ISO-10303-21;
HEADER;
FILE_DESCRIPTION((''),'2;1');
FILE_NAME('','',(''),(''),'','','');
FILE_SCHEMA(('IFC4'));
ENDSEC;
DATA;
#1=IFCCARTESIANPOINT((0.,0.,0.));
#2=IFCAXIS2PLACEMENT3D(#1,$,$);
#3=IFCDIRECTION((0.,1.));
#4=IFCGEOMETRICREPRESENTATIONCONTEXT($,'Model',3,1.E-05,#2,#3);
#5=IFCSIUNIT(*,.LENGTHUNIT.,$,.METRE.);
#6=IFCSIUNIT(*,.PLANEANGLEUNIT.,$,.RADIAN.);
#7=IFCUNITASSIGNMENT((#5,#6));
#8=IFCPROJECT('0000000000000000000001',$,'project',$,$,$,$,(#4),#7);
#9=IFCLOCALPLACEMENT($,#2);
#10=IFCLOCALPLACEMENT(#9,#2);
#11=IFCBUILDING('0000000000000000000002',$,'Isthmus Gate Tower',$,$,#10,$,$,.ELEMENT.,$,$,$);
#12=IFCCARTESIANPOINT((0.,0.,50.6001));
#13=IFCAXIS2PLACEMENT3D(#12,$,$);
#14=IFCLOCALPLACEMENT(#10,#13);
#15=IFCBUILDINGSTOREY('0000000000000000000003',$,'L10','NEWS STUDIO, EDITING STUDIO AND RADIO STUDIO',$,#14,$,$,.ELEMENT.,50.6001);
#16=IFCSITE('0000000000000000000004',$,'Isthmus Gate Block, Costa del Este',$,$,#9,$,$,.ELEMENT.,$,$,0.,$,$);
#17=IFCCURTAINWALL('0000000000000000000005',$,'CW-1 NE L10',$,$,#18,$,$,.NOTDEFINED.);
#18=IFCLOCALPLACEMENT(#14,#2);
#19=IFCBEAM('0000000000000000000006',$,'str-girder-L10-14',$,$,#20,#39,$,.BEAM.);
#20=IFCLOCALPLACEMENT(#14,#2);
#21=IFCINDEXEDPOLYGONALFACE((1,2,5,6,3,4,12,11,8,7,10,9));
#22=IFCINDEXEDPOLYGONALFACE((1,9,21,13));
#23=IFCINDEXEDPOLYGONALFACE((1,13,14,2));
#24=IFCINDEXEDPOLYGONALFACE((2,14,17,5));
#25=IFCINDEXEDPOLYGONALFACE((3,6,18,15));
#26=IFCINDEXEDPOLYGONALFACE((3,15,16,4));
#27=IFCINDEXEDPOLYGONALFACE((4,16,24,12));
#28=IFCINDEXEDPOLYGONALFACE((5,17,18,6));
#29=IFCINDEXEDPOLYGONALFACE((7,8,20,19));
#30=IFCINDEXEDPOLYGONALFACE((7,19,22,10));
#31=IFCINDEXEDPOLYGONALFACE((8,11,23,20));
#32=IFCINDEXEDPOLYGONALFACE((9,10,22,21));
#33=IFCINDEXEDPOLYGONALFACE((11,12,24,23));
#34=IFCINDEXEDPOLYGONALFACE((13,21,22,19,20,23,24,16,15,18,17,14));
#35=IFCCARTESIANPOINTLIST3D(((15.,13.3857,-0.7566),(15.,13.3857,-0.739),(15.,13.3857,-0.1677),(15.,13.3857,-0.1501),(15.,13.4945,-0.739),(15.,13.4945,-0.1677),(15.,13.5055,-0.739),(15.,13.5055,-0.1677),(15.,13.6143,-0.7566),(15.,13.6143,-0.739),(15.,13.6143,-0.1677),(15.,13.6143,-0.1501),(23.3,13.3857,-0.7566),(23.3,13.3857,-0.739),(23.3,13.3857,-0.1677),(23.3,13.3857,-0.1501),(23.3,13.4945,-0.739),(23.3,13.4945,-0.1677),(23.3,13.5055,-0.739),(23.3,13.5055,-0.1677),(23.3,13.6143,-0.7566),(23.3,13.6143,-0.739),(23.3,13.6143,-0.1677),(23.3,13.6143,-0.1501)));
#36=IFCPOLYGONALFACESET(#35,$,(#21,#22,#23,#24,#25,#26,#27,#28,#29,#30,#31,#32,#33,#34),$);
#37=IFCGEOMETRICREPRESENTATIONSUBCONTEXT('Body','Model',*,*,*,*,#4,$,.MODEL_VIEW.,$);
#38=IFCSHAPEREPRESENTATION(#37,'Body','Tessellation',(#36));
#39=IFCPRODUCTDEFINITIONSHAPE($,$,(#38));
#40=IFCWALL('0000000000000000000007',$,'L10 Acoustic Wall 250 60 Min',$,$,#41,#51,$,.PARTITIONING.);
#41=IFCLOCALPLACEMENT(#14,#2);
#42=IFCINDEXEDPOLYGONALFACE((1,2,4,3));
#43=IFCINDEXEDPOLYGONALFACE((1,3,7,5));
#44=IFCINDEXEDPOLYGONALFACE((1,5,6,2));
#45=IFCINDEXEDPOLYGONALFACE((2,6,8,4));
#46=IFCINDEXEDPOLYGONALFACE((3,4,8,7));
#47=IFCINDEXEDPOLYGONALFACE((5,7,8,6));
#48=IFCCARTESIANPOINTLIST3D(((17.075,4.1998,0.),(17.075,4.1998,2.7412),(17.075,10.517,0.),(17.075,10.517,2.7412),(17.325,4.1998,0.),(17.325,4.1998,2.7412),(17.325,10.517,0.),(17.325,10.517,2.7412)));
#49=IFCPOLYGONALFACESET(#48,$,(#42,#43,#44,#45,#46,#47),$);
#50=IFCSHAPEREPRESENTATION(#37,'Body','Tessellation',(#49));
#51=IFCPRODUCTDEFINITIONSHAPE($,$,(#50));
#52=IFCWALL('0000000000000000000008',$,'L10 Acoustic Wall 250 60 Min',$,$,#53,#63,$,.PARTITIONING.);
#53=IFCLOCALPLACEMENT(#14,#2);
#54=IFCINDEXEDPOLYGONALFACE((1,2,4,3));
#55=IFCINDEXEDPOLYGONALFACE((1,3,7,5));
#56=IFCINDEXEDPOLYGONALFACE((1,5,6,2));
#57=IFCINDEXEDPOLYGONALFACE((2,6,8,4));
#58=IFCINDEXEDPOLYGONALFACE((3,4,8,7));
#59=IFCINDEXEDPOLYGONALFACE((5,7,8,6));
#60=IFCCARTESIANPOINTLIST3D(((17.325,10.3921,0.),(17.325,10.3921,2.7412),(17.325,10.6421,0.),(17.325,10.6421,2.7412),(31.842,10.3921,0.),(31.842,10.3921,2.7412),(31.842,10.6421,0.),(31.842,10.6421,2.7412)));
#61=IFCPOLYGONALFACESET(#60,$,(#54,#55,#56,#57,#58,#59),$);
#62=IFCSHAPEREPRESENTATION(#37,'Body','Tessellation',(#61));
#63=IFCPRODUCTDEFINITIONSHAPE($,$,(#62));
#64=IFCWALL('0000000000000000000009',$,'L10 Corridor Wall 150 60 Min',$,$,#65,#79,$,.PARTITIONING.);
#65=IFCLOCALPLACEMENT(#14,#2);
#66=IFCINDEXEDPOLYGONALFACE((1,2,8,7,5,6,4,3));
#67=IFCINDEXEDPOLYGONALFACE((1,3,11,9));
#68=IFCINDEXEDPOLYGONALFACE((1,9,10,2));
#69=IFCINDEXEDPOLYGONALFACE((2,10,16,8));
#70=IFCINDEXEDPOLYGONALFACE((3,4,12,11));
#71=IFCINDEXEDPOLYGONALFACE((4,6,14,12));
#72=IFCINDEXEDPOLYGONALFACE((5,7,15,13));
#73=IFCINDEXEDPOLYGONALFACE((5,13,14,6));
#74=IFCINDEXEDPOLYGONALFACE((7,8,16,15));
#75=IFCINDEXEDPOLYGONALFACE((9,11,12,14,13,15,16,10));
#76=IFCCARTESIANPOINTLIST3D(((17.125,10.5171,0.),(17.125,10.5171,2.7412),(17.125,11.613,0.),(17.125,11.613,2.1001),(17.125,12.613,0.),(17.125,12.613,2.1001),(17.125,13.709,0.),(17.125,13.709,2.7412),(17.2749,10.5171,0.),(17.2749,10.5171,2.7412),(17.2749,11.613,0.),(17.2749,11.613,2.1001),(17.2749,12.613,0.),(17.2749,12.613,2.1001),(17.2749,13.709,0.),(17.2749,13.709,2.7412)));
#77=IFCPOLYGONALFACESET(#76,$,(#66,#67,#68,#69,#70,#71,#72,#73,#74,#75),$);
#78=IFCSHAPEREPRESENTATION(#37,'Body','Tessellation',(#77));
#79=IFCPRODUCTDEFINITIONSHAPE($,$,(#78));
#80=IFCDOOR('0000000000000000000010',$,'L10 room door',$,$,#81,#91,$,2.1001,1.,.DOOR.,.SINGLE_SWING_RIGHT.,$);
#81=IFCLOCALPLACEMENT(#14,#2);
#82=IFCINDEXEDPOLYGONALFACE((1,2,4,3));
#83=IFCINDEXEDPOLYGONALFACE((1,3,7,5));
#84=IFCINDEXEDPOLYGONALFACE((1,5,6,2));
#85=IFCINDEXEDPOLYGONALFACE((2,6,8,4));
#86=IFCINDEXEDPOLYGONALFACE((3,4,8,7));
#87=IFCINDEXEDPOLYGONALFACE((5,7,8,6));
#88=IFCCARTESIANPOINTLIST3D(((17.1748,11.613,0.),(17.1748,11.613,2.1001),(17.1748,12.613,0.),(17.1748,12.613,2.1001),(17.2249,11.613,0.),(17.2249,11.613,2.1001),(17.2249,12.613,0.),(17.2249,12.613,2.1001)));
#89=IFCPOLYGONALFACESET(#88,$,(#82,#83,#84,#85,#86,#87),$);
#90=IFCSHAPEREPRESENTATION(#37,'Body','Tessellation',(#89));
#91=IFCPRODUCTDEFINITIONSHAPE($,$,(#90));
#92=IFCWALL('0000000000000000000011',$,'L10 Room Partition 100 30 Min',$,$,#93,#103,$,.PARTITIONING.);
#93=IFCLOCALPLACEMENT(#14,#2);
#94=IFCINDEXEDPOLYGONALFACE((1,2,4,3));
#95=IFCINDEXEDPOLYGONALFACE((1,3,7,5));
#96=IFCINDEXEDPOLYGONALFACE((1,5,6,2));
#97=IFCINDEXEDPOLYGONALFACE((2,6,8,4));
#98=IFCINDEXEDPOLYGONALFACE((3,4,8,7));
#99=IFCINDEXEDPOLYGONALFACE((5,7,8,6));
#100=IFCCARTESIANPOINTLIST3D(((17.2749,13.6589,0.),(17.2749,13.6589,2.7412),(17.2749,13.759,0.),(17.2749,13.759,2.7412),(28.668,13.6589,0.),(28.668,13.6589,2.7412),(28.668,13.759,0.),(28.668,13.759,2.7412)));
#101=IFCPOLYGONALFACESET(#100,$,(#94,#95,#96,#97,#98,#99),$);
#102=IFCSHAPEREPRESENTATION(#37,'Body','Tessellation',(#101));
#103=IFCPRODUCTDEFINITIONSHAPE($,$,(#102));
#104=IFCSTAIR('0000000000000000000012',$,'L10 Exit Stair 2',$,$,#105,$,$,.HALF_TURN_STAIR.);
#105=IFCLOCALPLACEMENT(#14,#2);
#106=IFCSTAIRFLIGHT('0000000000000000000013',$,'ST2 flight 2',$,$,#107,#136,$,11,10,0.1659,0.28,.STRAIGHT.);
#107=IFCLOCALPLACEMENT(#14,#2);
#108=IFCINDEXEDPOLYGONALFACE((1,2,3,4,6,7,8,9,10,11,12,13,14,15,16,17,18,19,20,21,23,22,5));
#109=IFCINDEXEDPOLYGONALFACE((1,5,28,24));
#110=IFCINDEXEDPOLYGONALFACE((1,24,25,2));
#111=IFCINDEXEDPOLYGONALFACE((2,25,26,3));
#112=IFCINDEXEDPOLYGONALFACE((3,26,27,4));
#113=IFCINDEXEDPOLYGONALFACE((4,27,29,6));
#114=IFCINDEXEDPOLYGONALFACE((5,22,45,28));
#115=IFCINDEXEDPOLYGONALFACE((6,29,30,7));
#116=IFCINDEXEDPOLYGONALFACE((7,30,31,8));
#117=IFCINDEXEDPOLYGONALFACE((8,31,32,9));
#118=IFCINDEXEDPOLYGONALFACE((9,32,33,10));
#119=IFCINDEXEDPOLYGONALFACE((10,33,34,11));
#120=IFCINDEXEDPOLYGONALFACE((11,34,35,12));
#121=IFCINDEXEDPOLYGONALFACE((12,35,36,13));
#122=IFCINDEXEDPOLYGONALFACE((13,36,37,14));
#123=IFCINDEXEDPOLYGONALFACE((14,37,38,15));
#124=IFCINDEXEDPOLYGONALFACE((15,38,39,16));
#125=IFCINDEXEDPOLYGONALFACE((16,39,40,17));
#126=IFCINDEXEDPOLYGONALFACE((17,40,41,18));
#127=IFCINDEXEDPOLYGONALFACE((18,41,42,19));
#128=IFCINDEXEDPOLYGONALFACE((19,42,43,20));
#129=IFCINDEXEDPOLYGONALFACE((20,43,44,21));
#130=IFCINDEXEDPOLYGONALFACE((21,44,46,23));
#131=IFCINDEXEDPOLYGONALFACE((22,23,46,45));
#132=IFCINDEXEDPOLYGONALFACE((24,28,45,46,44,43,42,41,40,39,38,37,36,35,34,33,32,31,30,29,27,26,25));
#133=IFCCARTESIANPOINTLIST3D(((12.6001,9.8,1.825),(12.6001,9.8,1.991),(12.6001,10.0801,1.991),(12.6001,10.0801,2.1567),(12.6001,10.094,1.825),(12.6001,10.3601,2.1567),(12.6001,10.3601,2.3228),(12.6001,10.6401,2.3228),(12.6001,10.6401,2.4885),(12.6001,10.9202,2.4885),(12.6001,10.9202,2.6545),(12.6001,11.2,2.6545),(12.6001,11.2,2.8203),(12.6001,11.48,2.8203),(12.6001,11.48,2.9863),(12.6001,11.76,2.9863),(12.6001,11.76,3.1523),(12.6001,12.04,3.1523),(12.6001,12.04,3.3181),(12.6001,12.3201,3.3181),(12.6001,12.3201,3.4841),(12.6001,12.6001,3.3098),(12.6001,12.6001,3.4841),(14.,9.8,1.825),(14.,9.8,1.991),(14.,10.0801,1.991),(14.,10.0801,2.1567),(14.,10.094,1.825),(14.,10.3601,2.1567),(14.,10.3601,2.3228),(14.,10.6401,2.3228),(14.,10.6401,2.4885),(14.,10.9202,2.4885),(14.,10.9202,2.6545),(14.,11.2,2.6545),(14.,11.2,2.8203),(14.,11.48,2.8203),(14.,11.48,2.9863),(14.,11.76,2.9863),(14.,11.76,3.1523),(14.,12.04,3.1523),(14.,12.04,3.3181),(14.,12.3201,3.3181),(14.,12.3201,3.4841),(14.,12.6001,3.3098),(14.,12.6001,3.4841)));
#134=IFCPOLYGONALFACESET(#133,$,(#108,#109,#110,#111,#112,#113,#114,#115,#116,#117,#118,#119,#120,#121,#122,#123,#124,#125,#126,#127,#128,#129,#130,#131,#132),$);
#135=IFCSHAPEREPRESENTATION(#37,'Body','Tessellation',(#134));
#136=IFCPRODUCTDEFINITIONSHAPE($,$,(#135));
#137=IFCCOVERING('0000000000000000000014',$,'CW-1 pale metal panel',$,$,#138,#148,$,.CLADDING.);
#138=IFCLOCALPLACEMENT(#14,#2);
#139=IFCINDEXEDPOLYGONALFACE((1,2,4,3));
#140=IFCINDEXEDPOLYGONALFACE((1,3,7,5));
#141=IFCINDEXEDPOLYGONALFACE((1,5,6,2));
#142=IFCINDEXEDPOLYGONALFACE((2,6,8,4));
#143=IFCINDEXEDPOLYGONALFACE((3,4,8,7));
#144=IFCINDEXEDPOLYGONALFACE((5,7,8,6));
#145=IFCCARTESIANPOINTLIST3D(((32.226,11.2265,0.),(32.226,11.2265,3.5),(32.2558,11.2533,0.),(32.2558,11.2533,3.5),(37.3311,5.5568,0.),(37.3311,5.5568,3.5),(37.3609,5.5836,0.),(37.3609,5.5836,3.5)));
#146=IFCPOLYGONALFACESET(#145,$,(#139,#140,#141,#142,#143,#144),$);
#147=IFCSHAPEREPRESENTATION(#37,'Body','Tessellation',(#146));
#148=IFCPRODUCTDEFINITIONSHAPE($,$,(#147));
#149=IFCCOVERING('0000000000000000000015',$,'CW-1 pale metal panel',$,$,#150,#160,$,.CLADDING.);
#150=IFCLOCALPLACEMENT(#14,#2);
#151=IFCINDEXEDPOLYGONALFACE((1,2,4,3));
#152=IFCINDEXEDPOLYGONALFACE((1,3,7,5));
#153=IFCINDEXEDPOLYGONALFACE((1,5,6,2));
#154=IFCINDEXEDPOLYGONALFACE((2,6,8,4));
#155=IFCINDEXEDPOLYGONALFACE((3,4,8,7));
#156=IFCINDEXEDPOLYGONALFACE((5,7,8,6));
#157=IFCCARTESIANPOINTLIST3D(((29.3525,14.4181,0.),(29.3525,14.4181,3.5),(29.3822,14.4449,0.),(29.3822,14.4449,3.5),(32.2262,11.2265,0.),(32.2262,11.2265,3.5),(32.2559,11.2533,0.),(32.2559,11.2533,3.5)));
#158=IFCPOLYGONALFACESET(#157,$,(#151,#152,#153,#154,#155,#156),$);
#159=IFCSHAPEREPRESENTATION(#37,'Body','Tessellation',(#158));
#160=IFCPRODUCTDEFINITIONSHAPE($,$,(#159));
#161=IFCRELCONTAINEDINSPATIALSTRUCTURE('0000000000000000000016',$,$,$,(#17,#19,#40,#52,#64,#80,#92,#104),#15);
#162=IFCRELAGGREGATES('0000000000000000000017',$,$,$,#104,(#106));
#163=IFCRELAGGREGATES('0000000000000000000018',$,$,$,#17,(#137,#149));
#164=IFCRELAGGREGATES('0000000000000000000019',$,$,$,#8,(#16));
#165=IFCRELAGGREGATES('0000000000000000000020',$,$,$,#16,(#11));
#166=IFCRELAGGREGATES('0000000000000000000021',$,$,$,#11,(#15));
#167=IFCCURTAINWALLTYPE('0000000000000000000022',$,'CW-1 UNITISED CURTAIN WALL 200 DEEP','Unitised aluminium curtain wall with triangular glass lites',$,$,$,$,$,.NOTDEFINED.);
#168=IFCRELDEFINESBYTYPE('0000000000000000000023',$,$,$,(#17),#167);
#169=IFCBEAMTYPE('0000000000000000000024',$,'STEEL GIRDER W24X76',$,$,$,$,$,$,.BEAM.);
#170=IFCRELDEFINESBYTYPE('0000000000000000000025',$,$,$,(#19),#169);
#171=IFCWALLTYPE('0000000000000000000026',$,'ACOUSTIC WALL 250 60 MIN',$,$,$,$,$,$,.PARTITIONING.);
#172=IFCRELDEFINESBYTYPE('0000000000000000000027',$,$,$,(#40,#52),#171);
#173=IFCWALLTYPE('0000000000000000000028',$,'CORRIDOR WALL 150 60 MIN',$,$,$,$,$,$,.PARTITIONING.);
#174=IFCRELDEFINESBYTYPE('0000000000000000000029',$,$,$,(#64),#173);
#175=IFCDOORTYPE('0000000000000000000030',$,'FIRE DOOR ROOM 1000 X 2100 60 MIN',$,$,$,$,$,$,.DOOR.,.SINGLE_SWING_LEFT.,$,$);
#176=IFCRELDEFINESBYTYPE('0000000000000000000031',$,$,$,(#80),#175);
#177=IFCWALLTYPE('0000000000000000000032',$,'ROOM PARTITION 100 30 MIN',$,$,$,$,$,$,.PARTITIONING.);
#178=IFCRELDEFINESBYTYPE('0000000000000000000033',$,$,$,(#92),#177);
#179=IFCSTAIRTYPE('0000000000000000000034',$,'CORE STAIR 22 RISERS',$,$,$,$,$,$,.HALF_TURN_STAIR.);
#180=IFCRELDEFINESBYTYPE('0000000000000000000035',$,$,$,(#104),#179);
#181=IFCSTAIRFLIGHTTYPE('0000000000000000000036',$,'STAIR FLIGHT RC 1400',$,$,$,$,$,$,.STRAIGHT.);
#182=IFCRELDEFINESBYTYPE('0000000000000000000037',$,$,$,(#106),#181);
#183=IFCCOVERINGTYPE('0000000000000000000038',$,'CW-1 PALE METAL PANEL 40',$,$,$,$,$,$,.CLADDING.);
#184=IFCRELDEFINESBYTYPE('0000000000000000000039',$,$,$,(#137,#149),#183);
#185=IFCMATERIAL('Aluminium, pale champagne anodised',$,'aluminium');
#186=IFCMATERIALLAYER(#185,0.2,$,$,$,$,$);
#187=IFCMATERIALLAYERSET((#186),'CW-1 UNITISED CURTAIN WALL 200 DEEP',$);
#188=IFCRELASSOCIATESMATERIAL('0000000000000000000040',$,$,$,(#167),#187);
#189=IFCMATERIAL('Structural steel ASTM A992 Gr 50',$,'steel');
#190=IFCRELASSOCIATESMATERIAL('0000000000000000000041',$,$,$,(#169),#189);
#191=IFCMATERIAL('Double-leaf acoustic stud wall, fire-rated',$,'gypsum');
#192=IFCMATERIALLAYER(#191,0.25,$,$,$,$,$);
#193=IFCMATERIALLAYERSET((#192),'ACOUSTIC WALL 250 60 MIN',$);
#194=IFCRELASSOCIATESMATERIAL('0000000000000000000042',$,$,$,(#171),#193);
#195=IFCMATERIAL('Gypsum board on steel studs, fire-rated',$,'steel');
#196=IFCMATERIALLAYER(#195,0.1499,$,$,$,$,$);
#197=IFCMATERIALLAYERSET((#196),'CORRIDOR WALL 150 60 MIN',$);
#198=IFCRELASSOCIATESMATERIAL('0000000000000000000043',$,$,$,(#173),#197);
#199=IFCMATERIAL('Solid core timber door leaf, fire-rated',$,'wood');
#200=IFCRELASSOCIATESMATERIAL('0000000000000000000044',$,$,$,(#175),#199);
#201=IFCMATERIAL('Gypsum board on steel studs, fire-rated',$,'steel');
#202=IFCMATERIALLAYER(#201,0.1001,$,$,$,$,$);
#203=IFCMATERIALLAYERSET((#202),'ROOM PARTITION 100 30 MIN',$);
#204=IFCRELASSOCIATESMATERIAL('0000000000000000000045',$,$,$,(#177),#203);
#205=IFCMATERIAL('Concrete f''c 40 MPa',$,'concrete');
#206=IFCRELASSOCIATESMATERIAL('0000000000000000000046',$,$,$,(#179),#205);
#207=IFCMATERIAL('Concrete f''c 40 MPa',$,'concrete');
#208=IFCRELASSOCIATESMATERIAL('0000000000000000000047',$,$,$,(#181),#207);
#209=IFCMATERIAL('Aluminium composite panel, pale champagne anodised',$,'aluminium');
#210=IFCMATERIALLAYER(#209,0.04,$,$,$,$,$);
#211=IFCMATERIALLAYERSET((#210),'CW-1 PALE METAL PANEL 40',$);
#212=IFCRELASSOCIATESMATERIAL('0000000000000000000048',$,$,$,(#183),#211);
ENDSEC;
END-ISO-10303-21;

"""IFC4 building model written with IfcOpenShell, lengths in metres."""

from ifc_helpers import new_model, si_unit, direction, frame, frame_2d, origin, origin_2d, place, context, subcontext, project, spatial, polyline, rectangle, i_section, outline, extrude, material, layer, layer_set, material_profile, profile_set, type_object, element, fill, aggregate, save


model = new_model("IFC4")

# Units and contexts
model_context = context("Model", 3, precision=1e-05, world=origin(), true_north=direction((0.0, 1.0)))
body_context = subcontext(model_context, "Body", "Model", "MODEL_VIEW")
ifc_project = project(units=[si_unit("LENGTHUNIT", "METRE"), si_unit("PLANEANGLEUNIT", "RADIAN")], contexts=[model_context])

# Site, building, storey
site_placement = place(None, origin())
site = spatial("IfcSite", under=ifc_project, at=site_placement, Name="Isthmus Gate Block, Costa del Este", CompositionType="ELEMENT", RefElevation=0.0)
building_placement = place(site_placement, origin())
building = spatial("IfcBuilding", under=site, at=building_placement, Name="Isthmus Gate Tower", CompositionType="ELEMENT")
storey_placement = place(building_placement, frame((0.0, 0.0, 50.6001)))
storey = spatial("IfcBuildingStorey", under=building, at=storey_placement, Name="L10", Description="NEWS STUDIO, EDITING STUDIO AND RADIO STUDIO", CompositionType="ELEMENT", Elevation=50.6001)

# Curtain wall
ifc_material_1 = material(Name="Aluminium, pale champagne anodised", Category="aluminium")
ifc_layer_1 = layer(ifc_material_1, 0.2)
ifc_layer_set_1 = layer_set([ifc_layer_1], Name="CW-1 UNITISED CURTAIN WALL 200 DEEP")
curtain_wall_type = type_object("IfcCurtainWallType", Name="CW-1 UNITISED CURTAIN WALL 200 DEEP", Description="Unitised aluminium curtain wall with triangular glass lites", PredefinedType="NOTDEFINED", material=ifc_layer_set_1)
curtain_wall_placement = place(storey_placement, origin())
curtain_wall = element("IfcCurtainWall", 1, at=curtain_wall_placement, inside=storey, type_object=curtain_wall_type, Name="CW-1 NE L10", PredefinedType="NOTDEFINED")

# Beam
ifc_material_2 = material(Name="Structural steel ASTM A992 Gr 50", Category="steel")
ifc_material_profile_1 = material_profile(ifc_material_2, i_section(OverallWidth=0.2285, OverallDepth=0.6064, WebThickness=0.011, FlangeThickness=0.0176, at=origin_2d()), Name="W24X76")
ifc_profile_set_1 = profile_set([ifc_material_profile_1], Name="Structural steel ASTM A992 Gr 50")
beam_type_1 = type_object("IfcBeamType", Name="STEEL GIRDER W24X76", PredefinedType="BEAM", material=ifc_profile_set_1)
beam_1_placement = place(storey_placement, frame((15.0, 13.5, -0.4534), z_axis=(1.0, 0.0, 0.0), x_axis=(0.0, 1.0, 0.0)))
element("IfcBeam", 2, at=beam_1_placement, inside=storey, type_object=beam_type_1, Name="str-girder-L10-14", PredefinedType="BEAM", context=body_context, shape_type="SweptSolid", body=[
    extrude(i_section(OverallWidth=0.2285, OverallDepth=0.6064, WebThickness=0.011, FlangeThickness=0.0176, at=origin_2d()), origin(), (0.0, 0.0, 1.0), 8.3),
])

# Walls
ifc_material_3 = material(Name="Double-leaf acoustic stud wall, fire-rated", Category="gypsum")
ifc_layer_2 = layer(ifc_material_3, 0.25)
ifc_layer_set_2 = layer_set([ifc_layer_2], Name="ACOUSTIC WALL 250 60 MIN")
wall_type_1 = type_object("IfcWallType", Name="ACOUSTIC WALL 250 60 MIN", PredefinedType="PARTITIONING", material=ifc_layer_set_2)
wall_1_placement = place(storey_placement, frame((17.2, 10.5171, 0.0), z_axis=(0.0, 0.0, 1.0), x_axis=(0.0, -1.0, 0.0)))
element("IfcWall", 3, at=wall_1_placement, inside=storey, type_object=wall_type_1, Name="L10 Acoustic Wall 250 60 Min", PredefinedType="PARTITIONING", context=body_context, shape_type="SweptSolid", body=[
    extrude(rectangle(XDim=6.3171, YDim=0.25, at=frame_2d((3.1587, 0.0))), origin(), (0.0, 0.0, 1.0), 2.7412),
])
wall_2_placement = place(storey_placement, frame((17.325, 10.5171, 0.0), z_axis=(0.0, 0.0, 1.0), x_axis=(1.0, 0.0, 0.0)))
element("IfcWall", 4, at=wall_2_placement, inside=storey, type_object=wall_type_1, Name="L10 Acoustic Wall 250 60 Min", PredefinedType="PARTITIONING", context=body_context, shape_type="SweptSolid", body=[
    extrude(rectangle(XDim=14.5171, YDim=0.25, at=frame_2d((7.2585, 0.0))), origin(), (0.0, 0.0, 1.0), 2.7412),
])

# Wall, opening, door
ifc_material_4 = material(Name="Gypsum board on steel studs, fire-rated", Category="steel")
ifc_layer_3 = layer(ifc_material_4, 0.1499)
ifc_layer_set_3 = layer_set([ifc_layer_3], Name="CORRIDOR WALL 150 60 MIN")
wall_type_2 = type_object("IfcWallType", Name="CORRIDOR WALL 150 60 MIN", PredefinedType="PARTITIONING", material=ifc_layer_set_3)
wall_3_placement = place(storey_placement, frame((17.2, 13.709, 0.0), z_axis=(0.0, 0.0, 1.0), x_axis=(0.0, -1.0, 0.0)))
wall_3 = element("IfcWall", 5, at=wall_3_placement, inside=storey, type_object=wall_type_2, Name="L10 Corridor Wall 150 60 Min", PredefinedType="PARTITIONING", context=body_context, shape_type="SweptSolid", body=[
    extrude(rectangle(XDim=3.1919, YDim=0.1499, at=frame_2d((1.5959, 0.0))), origin(), (0.0, 0.0, 1.0), 2.7412),
])
opening_placement = place(wall_3_placement, frame((1.0959, 0.0, 0.0)))
opening = element("IfcOpeningElement", 6, at=opening_placement, cuts=wall_3, PredefinedType="OPENING", context=body_context, shape_type="SweptSolid", body=[
    extrude(rectangle(XDim=1.0, YDim=2.1001, at=frame_2d((0.5, 1.05))), frame((0.0, 0.085, 0.0), z_axis=(0.0, -1.0, 0.0), x_axis=(1.0, 0.0, 0.0)), (0.0, 0.0, 1.0), 0.1699),
])
ifc_material_5 = material(Name="Solid core timber door leaf, fire-rated", Category="wood")
door_type = type_object("IfcDoorType", Name="FIRE DOOR ROOM 1000 X 2100 60 MIN", OperationType="SINGLE_SWING_LEFT", PredefinedType="DOOR", material=ifc_material_5)
door_placement = place(opening_placement, origin())
door = element("IfcDoor", 7, at=door_placement, inside=storey, type_object=door_type, Name="L10 room door", OperationType="SINGLE_SWING_RIGHT", OverallHeight=2.1001, OverallWidth=1.0, PredefinedType="DOOR", context=body_context, shape_type="SweptSolid", body=[
    extrude(rectangle(XDim=1.0, YDim=2.1001, at=frame_2d((0.5, 1.05))), frame((0.0, 0.0249, 0.0), z_axis=(0.0, -1.0, 0.0), x_axis=(1.0, 0.0, 0.0)), (0.0, 0.0, 1.0), 0.05),
])
fill(opening, door)

# Wall
ifc_material_6 = material(Name="Gypsum board on steel studs, fire-rated", Category="steel")
ifc_layer_4 = layer(ifc_material_6, 0.1001)
ifc_layer_set_4 = layer_set([ifc_layer_4], Name="ROOM PARTITION 100 30 MIN")
wall_type_3 = type_object("IfcWallType", Name="ROOM PARTITION 100 30 MIN", PredefinedType="PARTITIONING", material=ifc_layer_set_4)
wall_4_placement = place(storey_placement, frame((17.2749, 13.709, 0.0), z_axis=(0.0, 0.0, 1.0), x_axis=(1.0, 0.0, 0.0)))
element("IfcWall", 8, at=wall_4_placement, inside=storey, type_object=wall_type_3, Name="L10 Room Partition 100 30 Min", PredefinedType="PARTITIONING", context=body_context, shape_type="SweptSolid", body=[
    extrude(rectangle(XDim=11.3931, YDim=0.1001, at=frame_2d((5.6965, 0.0))), origin(), (0.0, 0.0, 1.0), 2.7412),
])

# Stair, stair flight
ifc_material_7 = material(Name="Concrete f'c 40 MPa", Category="concrete")
stair_type = type_object("IfcStairType", Name="CORE STAIR 22 RISERS", PredefinedType="HALF_TURN_STAIR", material=ifc_material_7)
stair_placement = place(storey_placement, origin())
stair = element("IfcStair", 9, at=stair_placement, inside=storey, type_object=stair_type, Name="L10 Exit Stair 2", PredefinedType="HALF_TURN_STAIR")
ifc_material_8 = material(Name="Concrete f'c 40 MPa", Category="concrete")
stair_flight_type = type_object("IfcStairFlightType", Name="STAIR FLIGHT RC 1400", PredefinedType="STRAIGHT", material=ifc_material_8)
stair_flight_placement = place(storey_placement, frame((13.3, 9.8, 1.825), z_axis=(0.0, 0.0, 1.0), x_axis=(0.0, 1.0, 0.0)))
stair_flight = element("IfcStairFlight", 10, at=stair_flight_placement, type_object=stair_flight_type, Name="ST2 flight 2", NumberOfRisers=11, NumberOfTreads=10, PredefinedType="STRAIGHT", RiserHeight=0.1659, TreadLength=0.28, context=body_context, shape_type="SweptSolid", body=[
    extrude(outline(polyline([(0.0, 0.0), (0.0, 0.166), (0.28, 0.166), (0.28, 0.3318), (0.5601, 0.3318), (0.5601, 0.4978), (0.8401, 0.4978), (0.8401, 0.6636), (1.1201, 0.6636), (1.1201, 0.8296), (1.3999, 0.8296), (1.3999, 0.9954), (1.6799, 0.9954), (1.6799, 1.1614), (1.96, 1.1614), (1.96, 1.3274), (2.24, 1.3274), (2.24, 1.4932), (2.52, 1.4932), (2.52, 1.6592), (2.8, 1.6592), (2.8, 1.825), (2.8, 1.4849), (0.2939, 0.0), (0.0, 0.0)])), frame((0.0, 0.7, 0.0), z_axis=(0.0, -1.0, 0.0), x_axis=(1.0, 0.0, 0.0)), (0.0, 0.0, 1.0), 1.3999),
])
aggregate(stair, [stair_flight])

# Coverings
ifc_material_9 = material(Name="Aluminium composite panel, pale champagne anodised", Category="aluminium")
ifc_layer_5 = layer(ifc_material_9, 0.04)
ifc_layer_set_5 = layer_set([ifc_layer_5], Name="CW-1 PALE METAL PANEL 40")
covering_type = type_object("IfcCoveringType", Name="CW-1 PALE METAL PANEL 40", PredefinedType="CLADDING", material=ifc_layer_set_5)
covering_1_placement = place(storey_placement, frame((34.7935, 8.405, 0.0), z_axis=(0.0, 0.0, 1.0), x_axis=(-0.669131, 0.743145, 0.0)))
covering_1 = element("IfcCovering", 11, at=covering_1_placement, type_object=covering_type, Name="CW-1 pale metal panel", PredefinedType="CLADDING", context=body_context, shape_type="SweptSolid", body=[
    extrude(rectangle(XDim=7.6294, YDim=0.04, at=origin_2d()), origin(), (0.0, 0.0, 1.0), 3.5),
])
covering_2_placement = place(storey_placement, frame((30.8042, 12.8357, 0.0), z_axis=(0.0, 0.0, 1.0), x_axis=(-0.669131, 0.743145, 0.0)))
covering_2 = element("IfcCovering", 12, at=covering_2_placement, type_object=covering_type, Name="CW-1 pale metal panel", PredefinedType="CLADDING", context=body_context, shape_type="SweptSolid", body=[
    extrude(rectangle(XDim=4.2947, YDim=0.04, at=origin_2d()), origin(), (0.0, 0.0, 1.0), 3.5),
])
aggregate(curtain_wall, [covering_1, covering_2])

save(model, "model.ifc")
